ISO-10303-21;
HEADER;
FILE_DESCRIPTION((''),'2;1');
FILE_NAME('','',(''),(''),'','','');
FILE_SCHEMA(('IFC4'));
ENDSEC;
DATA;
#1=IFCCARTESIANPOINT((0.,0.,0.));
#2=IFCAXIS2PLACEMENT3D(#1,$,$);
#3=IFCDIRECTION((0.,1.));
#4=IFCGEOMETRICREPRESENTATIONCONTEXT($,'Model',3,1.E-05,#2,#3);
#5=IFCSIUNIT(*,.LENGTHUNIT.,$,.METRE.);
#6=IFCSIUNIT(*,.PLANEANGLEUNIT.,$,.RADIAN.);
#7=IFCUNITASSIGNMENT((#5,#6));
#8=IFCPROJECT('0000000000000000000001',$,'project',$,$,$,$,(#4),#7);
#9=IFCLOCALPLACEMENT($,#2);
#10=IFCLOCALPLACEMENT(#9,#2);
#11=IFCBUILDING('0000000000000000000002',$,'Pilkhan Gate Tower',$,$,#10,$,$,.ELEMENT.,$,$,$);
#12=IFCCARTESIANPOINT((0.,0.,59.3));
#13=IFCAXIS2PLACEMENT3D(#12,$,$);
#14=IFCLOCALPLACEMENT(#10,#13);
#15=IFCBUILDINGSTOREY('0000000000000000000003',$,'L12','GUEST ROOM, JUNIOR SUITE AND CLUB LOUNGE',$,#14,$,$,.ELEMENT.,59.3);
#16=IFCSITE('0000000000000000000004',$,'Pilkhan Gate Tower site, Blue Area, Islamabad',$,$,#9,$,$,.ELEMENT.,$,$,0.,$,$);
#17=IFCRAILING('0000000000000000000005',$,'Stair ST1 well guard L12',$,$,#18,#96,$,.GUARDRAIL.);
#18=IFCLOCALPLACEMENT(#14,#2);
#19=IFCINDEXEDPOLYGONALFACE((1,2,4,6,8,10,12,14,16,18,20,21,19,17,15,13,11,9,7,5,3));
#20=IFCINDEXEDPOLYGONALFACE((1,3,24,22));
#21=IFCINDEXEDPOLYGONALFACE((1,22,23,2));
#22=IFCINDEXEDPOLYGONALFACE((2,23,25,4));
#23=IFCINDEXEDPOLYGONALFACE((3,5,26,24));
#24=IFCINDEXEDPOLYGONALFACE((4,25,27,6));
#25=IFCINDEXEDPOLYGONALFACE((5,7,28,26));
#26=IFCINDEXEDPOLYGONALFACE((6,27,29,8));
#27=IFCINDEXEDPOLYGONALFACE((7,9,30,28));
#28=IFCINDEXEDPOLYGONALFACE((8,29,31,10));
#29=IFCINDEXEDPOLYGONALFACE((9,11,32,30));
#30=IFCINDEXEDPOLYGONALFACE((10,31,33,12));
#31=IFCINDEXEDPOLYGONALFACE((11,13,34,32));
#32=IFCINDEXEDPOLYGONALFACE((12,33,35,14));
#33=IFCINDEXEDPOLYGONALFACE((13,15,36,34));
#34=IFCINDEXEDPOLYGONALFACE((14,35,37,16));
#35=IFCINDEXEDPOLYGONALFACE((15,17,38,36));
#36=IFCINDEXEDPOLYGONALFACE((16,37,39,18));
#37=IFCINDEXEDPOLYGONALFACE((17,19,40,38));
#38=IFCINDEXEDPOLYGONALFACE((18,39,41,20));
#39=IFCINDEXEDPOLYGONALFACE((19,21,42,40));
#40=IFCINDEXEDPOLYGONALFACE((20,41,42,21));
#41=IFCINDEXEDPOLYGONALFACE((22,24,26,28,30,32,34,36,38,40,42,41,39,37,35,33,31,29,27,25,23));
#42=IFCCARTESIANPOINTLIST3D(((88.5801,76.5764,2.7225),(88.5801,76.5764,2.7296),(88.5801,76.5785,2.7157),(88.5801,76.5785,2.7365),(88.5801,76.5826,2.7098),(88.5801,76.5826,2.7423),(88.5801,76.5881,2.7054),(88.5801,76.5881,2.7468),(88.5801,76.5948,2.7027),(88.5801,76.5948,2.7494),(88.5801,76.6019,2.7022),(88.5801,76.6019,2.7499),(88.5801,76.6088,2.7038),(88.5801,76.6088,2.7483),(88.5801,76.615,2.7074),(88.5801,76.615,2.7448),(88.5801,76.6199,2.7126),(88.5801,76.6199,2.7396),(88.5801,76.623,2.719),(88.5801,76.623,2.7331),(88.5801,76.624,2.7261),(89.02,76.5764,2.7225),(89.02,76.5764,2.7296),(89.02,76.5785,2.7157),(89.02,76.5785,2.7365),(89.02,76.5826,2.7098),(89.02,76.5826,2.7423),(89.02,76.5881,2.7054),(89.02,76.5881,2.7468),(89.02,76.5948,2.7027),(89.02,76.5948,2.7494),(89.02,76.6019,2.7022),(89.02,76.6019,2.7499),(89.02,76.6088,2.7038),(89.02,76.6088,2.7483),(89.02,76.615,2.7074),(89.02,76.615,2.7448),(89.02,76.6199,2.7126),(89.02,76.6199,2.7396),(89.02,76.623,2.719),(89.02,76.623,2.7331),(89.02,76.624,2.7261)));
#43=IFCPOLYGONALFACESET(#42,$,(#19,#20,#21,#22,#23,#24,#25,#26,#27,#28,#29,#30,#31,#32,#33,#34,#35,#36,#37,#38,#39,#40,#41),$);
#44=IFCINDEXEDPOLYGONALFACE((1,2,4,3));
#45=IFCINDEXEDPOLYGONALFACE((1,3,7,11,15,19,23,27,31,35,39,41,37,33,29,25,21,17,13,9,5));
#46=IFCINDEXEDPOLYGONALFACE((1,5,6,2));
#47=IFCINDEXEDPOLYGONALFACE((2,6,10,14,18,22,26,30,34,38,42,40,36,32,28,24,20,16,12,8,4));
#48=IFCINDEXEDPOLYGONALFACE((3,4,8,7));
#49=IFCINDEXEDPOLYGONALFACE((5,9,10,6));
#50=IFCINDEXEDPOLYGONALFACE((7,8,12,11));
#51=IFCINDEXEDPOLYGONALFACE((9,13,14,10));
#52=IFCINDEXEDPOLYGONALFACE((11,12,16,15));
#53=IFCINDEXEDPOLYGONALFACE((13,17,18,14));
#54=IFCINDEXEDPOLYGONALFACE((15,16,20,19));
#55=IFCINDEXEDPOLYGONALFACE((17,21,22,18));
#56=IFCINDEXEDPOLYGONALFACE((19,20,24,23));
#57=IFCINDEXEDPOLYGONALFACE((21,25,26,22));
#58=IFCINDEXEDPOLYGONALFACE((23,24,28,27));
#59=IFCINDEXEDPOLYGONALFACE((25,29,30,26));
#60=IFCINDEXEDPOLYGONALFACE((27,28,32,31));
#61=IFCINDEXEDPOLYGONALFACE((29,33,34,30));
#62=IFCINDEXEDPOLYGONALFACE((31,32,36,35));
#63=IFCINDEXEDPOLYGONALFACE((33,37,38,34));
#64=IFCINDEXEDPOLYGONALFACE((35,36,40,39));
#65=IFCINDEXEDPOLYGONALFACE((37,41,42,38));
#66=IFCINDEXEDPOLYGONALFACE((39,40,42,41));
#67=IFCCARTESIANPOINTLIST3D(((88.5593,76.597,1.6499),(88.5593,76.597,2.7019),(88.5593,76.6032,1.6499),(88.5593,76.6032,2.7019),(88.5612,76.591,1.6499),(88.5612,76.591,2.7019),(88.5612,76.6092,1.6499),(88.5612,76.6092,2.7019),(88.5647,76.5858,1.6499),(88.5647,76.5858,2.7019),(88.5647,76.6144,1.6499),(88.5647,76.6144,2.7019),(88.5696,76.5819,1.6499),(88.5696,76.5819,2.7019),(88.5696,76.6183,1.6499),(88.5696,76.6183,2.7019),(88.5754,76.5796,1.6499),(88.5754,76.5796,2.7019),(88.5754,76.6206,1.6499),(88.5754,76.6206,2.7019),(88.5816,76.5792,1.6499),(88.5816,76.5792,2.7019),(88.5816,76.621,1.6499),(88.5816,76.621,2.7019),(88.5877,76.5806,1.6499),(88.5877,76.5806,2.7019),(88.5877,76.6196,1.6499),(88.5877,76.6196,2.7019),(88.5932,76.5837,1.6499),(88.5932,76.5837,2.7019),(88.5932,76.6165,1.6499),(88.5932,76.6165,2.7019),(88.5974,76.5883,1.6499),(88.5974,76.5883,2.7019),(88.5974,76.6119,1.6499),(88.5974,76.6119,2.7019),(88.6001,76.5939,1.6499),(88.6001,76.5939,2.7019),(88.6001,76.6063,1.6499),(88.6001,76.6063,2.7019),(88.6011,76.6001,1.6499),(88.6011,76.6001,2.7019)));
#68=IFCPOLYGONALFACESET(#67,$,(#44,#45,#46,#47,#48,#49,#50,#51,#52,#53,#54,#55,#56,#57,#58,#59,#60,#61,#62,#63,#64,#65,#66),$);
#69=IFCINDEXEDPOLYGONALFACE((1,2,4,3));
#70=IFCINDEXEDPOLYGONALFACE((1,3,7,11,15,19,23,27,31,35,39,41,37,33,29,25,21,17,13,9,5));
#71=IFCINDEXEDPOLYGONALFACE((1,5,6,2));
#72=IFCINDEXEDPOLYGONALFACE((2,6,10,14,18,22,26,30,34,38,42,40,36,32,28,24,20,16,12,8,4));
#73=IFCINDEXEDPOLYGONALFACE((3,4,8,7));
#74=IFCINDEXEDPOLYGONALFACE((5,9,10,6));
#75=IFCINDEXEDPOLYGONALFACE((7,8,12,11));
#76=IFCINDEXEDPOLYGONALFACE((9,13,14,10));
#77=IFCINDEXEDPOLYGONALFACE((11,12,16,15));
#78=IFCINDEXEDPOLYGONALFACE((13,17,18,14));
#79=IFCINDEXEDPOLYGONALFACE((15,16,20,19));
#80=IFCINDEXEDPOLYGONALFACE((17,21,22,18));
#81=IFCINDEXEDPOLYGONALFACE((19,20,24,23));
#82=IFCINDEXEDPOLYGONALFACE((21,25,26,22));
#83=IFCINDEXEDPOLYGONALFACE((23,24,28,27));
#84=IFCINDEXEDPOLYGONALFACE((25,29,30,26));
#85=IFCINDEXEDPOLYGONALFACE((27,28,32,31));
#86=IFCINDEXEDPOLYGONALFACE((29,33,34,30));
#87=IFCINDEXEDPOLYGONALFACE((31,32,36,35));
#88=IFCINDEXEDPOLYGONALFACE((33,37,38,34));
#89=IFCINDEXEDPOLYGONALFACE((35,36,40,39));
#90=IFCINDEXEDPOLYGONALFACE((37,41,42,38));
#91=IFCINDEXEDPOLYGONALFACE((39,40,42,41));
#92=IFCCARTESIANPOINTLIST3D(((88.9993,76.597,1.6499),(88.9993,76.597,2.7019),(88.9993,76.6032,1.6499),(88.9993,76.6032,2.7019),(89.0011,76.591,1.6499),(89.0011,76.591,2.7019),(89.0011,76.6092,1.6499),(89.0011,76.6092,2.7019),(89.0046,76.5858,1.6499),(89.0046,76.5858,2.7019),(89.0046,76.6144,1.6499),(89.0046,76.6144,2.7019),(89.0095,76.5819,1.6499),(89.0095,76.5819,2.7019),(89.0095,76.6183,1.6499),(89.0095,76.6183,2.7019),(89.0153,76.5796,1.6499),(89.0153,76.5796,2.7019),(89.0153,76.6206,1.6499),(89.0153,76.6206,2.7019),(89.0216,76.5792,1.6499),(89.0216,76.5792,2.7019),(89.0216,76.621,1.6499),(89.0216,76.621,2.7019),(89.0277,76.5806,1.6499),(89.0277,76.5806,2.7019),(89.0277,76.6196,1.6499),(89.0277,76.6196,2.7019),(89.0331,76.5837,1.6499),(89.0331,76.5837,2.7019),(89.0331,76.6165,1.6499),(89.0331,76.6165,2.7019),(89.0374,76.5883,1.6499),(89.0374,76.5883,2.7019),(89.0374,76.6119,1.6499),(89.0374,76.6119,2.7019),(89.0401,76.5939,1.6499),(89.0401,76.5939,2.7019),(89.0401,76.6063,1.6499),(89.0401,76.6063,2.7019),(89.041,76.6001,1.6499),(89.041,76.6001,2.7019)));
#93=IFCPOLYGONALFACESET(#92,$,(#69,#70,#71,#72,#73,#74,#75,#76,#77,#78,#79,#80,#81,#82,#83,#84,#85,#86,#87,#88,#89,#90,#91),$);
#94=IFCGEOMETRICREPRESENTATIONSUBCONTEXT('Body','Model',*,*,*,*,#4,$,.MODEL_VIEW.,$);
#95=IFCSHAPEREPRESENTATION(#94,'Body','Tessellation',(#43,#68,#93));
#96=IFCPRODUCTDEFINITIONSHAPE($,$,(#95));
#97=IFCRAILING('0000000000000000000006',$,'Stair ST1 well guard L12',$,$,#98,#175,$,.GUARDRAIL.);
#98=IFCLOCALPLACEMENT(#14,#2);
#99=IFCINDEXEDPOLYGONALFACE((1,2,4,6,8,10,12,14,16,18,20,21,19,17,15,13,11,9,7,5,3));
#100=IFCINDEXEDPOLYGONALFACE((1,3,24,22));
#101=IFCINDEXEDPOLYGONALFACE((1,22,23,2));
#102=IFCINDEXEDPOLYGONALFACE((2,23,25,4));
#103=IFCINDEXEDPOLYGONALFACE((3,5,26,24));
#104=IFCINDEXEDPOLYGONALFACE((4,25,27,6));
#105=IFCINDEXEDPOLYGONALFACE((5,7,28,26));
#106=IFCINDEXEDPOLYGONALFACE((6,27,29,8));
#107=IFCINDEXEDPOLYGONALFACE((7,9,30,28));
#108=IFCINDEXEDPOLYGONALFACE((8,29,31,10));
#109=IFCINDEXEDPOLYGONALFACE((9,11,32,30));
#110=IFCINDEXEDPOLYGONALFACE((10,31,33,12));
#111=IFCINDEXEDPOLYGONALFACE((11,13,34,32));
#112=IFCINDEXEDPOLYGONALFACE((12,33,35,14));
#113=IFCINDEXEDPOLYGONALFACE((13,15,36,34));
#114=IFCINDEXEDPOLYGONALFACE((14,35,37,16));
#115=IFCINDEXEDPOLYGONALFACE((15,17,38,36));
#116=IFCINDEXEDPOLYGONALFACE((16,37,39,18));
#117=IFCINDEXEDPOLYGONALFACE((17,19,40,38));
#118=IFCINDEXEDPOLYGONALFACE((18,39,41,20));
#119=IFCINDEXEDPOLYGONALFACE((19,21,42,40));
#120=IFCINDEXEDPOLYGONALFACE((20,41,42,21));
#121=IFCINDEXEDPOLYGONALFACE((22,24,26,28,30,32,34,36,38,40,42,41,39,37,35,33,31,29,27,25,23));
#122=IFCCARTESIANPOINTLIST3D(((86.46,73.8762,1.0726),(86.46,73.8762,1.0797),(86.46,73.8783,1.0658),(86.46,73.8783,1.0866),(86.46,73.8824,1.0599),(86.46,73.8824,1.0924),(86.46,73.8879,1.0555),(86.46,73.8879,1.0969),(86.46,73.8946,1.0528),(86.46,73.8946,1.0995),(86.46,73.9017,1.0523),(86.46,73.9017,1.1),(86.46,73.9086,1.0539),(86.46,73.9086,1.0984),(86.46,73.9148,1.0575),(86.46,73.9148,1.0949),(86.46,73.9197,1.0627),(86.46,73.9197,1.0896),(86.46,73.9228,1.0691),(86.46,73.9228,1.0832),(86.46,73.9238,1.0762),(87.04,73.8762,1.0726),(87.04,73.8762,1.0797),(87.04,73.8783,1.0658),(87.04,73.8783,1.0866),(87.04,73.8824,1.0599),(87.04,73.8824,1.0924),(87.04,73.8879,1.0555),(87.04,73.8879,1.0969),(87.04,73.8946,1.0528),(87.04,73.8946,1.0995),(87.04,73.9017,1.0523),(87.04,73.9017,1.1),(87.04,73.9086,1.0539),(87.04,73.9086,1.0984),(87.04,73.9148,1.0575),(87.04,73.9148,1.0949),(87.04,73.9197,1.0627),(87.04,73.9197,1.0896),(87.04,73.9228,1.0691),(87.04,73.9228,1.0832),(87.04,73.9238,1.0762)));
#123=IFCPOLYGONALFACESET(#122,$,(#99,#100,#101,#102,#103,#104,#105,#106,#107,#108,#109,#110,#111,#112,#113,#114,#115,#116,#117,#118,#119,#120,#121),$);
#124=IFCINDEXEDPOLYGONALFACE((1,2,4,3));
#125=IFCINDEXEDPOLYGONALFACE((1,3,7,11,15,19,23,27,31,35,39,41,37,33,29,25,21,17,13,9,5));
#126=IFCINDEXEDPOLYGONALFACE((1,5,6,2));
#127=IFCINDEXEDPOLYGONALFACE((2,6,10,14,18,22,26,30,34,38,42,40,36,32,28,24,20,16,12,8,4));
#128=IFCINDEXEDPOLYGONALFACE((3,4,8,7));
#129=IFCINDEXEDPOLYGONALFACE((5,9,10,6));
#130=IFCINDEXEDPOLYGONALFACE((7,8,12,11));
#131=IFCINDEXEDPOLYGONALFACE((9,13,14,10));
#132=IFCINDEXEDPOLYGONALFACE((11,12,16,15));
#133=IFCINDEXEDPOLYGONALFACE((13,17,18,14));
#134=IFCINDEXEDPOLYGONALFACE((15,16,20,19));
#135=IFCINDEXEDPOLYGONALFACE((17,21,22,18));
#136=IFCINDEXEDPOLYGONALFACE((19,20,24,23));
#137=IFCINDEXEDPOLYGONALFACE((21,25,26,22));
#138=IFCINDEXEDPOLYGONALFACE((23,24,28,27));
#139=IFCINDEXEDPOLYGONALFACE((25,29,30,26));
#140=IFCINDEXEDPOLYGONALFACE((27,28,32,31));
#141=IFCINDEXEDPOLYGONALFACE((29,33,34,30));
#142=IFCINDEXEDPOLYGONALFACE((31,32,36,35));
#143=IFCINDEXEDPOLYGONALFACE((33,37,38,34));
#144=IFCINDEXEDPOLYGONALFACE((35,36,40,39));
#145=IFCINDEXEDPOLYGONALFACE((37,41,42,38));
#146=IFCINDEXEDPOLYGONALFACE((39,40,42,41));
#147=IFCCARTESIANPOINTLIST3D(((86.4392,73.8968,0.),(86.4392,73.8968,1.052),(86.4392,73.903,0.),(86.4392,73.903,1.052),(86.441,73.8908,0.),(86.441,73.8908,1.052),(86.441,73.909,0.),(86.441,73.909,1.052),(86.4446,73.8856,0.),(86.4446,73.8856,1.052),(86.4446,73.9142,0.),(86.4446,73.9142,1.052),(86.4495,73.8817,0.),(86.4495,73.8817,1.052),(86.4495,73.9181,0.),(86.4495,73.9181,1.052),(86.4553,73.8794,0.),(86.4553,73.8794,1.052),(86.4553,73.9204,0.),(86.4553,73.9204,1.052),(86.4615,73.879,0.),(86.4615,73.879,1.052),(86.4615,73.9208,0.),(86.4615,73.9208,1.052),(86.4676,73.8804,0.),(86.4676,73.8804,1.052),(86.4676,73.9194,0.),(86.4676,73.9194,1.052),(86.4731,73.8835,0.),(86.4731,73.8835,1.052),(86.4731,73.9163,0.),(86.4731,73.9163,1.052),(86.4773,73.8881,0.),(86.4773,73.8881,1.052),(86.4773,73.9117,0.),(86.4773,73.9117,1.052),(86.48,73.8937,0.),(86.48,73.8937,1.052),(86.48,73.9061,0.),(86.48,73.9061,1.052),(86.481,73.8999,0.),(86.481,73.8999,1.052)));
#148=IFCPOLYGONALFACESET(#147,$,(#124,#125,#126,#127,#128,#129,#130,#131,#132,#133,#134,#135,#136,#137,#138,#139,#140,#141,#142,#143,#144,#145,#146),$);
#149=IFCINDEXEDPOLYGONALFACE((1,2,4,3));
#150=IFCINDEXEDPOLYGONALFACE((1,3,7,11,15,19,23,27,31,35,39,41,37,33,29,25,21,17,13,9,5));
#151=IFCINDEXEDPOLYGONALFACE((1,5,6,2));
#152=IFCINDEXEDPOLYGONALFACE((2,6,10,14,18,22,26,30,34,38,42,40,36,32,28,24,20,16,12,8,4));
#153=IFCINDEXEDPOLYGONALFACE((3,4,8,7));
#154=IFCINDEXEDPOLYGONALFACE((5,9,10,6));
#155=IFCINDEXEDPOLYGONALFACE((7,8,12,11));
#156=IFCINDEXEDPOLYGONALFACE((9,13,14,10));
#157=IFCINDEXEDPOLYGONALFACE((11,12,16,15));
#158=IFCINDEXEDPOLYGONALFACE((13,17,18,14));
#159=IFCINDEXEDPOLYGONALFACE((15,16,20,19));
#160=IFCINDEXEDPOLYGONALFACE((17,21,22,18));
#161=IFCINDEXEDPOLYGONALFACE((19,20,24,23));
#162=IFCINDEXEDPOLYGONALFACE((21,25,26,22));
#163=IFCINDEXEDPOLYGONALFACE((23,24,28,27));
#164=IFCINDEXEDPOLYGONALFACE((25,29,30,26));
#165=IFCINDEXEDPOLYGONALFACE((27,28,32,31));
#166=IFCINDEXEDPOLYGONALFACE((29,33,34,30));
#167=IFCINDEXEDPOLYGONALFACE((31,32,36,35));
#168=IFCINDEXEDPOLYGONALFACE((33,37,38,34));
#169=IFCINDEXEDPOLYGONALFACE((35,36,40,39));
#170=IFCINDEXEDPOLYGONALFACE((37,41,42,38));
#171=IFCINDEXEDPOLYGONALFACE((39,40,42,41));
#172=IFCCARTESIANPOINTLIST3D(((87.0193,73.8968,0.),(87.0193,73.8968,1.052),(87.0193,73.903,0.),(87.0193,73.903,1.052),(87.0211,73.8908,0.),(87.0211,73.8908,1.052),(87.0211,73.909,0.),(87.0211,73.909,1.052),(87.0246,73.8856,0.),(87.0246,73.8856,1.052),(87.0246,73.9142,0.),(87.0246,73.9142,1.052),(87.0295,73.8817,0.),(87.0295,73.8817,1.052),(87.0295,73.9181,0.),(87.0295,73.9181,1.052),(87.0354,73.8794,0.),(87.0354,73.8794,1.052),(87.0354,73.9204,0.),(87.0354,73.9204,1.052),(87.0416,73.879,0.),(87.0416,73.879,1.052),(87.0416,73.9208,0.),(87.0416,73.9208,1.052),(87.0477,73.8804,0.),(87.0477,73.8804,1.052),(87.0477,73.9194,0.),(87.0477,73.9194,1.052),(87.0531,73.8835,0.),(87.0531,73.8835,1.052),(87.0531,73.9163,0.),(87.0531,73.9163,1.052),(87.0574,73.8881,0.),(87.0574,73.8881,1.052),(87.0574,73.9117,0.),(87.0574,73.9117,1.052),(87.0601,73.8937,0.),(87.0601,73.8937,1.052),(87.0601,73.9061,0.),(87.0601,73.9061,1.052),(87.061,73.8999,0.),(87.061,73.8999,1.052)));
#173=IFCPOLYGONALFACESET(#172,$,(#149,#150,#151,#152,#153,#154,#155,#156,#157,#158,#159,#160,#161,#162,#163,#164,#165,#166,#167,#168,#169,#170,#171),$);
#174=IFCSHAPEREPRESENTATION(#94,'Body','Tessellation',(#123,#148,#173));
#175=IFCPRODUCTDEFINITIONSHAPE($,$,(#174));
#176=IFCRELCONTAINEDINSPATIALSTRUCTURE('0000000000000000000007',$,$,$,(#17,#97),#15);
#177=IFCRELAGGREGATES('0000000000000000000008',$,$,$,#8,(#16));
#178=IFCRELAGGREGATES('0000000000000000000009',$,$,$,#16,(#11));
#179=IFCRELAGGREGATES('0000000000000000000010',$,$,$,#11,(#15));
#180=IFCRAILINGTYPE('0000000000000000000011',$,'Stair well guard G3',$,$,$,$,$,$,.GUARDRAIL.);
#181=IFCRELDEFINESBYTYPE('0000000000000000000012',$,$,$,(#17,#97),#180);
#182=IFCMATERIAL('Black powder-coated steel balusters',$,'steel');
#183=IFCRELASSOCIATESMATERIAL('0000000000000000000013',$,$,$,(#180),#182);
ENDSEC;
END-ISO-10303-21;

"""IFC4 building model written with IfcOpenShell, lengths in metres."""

from ifc_helpers import new_model, si_unit, direction, frame, origin, origin_2d, place, context, subcontext, project, spatial, circle, extrude, material, type_object, element, save


model = new_model("IFC4")

# Units and contexts
model_context = context("Model", 3, precision=1e-05, world=origin(), true_north=direction((0.0, 1.0)))
body_context = subcontext(model_context, "Body", "Model", "MODEL_VIEW")
ifc_project = project(units=[si_unit("LENGTHUNIT", "METRE"), si_unit("PLANEANGLEUNIT", "RADIAN")], contexts=[model_context])

# Site, building, storey
site_placement = place(None, origin())
site = spatial("IfcSite", under=ifc_project, at=site_placement, Name="Pilkhan Gate Tower site, Blue Area, Islamabad", CompositionType="ELEMENT", RefElevation=0.0)
building_placement = place(site_placement, origin())
building = spatial("IfcBuilding", under=site, at=building_placement, Name="Pilkhan Gate Tower", CompositionType="ELEMENT")
storey_placement = place(building_placement, frame((0.0, 0.0, 59.3)))
storey = spatial("IfcBuildingStorey", under=building, at=storey_placement, Name="L12", Description="GUEST ROOM, JUNIOR SUITE AND CLUB LOUNGE", CompositionType="ELEMENT", Elevation=59.3)

# Railings
ifc_material_1 = material(Name="Black powder-coated steel balusters", Category="steel")
railing_type_1 = type_object("IfcRailingType", Name="Stair well guard G3", PredefinedType="GUARDRAIL", material=ifc_material_1)
railing_1_placement = place(storey_placement, frame((88.5801, 76.6001, 1.6499)))
element("IfcRailing", 1, at=railing_1_placement, inside=storey, type_object=railing_type_1, Name="Stair ST1 well guard L12", PredefinedType="GUARDRAIL", context=body_context, shape_type="SweptSolid", body=[
    extrude(circle(Radius=0.0239, at=origin_2d()), frame((0.0, 0.0, 1.0762), z_axis=(1.0, 0.0, 0.0), x_axis=(0.0, 1.0, 0.0)), (0.0, 0.0, 1.0), 0.4399),
    extrude(circle(Radius=0.021, at=origin_2d()), origin(), (0.0, 0.0, 1.0), 1.052),
    extrude(circle(Radius=0.021, at=origin_2d()), frame((0.4399, 0.0, 0.0)), (0.0, 0.0, 1.0), 1.052),
])
for number, where, name in (
    (2, (86.46, 73.8999, 0.0), "Stair ST1 well guard L12"),
):
    element("IfcRailing", number, at=place(storey_placement, frame(where)), inside=storey, type_object=railing_type_1, Name=name, PredefinedType="GUARDRAIL", context=body_context, shape_type="SweptSolid", body=[
        extrude(circle(Radius=0.0239, at=origin_2d()), frame((0.0, 0.0, 1.0762), z_axis=(1.0, 0.0, 0.0), x_axis=(0.0, 1.0, 0.0)), (0.0, 0.0, 1.0), 0.5801),
        extrude(circle(Radius=0.021, at=origin_2d()), origin(), (0.0, 0.0, 1.0), 1.052),
        extrude(circle(Radius=0.021, at=origin_2d()), frame((0.5801, 0.0, 0.0)), (0.0, 0.0, 1.0), 1.052),
    ])

save(model, "model.ifc")
